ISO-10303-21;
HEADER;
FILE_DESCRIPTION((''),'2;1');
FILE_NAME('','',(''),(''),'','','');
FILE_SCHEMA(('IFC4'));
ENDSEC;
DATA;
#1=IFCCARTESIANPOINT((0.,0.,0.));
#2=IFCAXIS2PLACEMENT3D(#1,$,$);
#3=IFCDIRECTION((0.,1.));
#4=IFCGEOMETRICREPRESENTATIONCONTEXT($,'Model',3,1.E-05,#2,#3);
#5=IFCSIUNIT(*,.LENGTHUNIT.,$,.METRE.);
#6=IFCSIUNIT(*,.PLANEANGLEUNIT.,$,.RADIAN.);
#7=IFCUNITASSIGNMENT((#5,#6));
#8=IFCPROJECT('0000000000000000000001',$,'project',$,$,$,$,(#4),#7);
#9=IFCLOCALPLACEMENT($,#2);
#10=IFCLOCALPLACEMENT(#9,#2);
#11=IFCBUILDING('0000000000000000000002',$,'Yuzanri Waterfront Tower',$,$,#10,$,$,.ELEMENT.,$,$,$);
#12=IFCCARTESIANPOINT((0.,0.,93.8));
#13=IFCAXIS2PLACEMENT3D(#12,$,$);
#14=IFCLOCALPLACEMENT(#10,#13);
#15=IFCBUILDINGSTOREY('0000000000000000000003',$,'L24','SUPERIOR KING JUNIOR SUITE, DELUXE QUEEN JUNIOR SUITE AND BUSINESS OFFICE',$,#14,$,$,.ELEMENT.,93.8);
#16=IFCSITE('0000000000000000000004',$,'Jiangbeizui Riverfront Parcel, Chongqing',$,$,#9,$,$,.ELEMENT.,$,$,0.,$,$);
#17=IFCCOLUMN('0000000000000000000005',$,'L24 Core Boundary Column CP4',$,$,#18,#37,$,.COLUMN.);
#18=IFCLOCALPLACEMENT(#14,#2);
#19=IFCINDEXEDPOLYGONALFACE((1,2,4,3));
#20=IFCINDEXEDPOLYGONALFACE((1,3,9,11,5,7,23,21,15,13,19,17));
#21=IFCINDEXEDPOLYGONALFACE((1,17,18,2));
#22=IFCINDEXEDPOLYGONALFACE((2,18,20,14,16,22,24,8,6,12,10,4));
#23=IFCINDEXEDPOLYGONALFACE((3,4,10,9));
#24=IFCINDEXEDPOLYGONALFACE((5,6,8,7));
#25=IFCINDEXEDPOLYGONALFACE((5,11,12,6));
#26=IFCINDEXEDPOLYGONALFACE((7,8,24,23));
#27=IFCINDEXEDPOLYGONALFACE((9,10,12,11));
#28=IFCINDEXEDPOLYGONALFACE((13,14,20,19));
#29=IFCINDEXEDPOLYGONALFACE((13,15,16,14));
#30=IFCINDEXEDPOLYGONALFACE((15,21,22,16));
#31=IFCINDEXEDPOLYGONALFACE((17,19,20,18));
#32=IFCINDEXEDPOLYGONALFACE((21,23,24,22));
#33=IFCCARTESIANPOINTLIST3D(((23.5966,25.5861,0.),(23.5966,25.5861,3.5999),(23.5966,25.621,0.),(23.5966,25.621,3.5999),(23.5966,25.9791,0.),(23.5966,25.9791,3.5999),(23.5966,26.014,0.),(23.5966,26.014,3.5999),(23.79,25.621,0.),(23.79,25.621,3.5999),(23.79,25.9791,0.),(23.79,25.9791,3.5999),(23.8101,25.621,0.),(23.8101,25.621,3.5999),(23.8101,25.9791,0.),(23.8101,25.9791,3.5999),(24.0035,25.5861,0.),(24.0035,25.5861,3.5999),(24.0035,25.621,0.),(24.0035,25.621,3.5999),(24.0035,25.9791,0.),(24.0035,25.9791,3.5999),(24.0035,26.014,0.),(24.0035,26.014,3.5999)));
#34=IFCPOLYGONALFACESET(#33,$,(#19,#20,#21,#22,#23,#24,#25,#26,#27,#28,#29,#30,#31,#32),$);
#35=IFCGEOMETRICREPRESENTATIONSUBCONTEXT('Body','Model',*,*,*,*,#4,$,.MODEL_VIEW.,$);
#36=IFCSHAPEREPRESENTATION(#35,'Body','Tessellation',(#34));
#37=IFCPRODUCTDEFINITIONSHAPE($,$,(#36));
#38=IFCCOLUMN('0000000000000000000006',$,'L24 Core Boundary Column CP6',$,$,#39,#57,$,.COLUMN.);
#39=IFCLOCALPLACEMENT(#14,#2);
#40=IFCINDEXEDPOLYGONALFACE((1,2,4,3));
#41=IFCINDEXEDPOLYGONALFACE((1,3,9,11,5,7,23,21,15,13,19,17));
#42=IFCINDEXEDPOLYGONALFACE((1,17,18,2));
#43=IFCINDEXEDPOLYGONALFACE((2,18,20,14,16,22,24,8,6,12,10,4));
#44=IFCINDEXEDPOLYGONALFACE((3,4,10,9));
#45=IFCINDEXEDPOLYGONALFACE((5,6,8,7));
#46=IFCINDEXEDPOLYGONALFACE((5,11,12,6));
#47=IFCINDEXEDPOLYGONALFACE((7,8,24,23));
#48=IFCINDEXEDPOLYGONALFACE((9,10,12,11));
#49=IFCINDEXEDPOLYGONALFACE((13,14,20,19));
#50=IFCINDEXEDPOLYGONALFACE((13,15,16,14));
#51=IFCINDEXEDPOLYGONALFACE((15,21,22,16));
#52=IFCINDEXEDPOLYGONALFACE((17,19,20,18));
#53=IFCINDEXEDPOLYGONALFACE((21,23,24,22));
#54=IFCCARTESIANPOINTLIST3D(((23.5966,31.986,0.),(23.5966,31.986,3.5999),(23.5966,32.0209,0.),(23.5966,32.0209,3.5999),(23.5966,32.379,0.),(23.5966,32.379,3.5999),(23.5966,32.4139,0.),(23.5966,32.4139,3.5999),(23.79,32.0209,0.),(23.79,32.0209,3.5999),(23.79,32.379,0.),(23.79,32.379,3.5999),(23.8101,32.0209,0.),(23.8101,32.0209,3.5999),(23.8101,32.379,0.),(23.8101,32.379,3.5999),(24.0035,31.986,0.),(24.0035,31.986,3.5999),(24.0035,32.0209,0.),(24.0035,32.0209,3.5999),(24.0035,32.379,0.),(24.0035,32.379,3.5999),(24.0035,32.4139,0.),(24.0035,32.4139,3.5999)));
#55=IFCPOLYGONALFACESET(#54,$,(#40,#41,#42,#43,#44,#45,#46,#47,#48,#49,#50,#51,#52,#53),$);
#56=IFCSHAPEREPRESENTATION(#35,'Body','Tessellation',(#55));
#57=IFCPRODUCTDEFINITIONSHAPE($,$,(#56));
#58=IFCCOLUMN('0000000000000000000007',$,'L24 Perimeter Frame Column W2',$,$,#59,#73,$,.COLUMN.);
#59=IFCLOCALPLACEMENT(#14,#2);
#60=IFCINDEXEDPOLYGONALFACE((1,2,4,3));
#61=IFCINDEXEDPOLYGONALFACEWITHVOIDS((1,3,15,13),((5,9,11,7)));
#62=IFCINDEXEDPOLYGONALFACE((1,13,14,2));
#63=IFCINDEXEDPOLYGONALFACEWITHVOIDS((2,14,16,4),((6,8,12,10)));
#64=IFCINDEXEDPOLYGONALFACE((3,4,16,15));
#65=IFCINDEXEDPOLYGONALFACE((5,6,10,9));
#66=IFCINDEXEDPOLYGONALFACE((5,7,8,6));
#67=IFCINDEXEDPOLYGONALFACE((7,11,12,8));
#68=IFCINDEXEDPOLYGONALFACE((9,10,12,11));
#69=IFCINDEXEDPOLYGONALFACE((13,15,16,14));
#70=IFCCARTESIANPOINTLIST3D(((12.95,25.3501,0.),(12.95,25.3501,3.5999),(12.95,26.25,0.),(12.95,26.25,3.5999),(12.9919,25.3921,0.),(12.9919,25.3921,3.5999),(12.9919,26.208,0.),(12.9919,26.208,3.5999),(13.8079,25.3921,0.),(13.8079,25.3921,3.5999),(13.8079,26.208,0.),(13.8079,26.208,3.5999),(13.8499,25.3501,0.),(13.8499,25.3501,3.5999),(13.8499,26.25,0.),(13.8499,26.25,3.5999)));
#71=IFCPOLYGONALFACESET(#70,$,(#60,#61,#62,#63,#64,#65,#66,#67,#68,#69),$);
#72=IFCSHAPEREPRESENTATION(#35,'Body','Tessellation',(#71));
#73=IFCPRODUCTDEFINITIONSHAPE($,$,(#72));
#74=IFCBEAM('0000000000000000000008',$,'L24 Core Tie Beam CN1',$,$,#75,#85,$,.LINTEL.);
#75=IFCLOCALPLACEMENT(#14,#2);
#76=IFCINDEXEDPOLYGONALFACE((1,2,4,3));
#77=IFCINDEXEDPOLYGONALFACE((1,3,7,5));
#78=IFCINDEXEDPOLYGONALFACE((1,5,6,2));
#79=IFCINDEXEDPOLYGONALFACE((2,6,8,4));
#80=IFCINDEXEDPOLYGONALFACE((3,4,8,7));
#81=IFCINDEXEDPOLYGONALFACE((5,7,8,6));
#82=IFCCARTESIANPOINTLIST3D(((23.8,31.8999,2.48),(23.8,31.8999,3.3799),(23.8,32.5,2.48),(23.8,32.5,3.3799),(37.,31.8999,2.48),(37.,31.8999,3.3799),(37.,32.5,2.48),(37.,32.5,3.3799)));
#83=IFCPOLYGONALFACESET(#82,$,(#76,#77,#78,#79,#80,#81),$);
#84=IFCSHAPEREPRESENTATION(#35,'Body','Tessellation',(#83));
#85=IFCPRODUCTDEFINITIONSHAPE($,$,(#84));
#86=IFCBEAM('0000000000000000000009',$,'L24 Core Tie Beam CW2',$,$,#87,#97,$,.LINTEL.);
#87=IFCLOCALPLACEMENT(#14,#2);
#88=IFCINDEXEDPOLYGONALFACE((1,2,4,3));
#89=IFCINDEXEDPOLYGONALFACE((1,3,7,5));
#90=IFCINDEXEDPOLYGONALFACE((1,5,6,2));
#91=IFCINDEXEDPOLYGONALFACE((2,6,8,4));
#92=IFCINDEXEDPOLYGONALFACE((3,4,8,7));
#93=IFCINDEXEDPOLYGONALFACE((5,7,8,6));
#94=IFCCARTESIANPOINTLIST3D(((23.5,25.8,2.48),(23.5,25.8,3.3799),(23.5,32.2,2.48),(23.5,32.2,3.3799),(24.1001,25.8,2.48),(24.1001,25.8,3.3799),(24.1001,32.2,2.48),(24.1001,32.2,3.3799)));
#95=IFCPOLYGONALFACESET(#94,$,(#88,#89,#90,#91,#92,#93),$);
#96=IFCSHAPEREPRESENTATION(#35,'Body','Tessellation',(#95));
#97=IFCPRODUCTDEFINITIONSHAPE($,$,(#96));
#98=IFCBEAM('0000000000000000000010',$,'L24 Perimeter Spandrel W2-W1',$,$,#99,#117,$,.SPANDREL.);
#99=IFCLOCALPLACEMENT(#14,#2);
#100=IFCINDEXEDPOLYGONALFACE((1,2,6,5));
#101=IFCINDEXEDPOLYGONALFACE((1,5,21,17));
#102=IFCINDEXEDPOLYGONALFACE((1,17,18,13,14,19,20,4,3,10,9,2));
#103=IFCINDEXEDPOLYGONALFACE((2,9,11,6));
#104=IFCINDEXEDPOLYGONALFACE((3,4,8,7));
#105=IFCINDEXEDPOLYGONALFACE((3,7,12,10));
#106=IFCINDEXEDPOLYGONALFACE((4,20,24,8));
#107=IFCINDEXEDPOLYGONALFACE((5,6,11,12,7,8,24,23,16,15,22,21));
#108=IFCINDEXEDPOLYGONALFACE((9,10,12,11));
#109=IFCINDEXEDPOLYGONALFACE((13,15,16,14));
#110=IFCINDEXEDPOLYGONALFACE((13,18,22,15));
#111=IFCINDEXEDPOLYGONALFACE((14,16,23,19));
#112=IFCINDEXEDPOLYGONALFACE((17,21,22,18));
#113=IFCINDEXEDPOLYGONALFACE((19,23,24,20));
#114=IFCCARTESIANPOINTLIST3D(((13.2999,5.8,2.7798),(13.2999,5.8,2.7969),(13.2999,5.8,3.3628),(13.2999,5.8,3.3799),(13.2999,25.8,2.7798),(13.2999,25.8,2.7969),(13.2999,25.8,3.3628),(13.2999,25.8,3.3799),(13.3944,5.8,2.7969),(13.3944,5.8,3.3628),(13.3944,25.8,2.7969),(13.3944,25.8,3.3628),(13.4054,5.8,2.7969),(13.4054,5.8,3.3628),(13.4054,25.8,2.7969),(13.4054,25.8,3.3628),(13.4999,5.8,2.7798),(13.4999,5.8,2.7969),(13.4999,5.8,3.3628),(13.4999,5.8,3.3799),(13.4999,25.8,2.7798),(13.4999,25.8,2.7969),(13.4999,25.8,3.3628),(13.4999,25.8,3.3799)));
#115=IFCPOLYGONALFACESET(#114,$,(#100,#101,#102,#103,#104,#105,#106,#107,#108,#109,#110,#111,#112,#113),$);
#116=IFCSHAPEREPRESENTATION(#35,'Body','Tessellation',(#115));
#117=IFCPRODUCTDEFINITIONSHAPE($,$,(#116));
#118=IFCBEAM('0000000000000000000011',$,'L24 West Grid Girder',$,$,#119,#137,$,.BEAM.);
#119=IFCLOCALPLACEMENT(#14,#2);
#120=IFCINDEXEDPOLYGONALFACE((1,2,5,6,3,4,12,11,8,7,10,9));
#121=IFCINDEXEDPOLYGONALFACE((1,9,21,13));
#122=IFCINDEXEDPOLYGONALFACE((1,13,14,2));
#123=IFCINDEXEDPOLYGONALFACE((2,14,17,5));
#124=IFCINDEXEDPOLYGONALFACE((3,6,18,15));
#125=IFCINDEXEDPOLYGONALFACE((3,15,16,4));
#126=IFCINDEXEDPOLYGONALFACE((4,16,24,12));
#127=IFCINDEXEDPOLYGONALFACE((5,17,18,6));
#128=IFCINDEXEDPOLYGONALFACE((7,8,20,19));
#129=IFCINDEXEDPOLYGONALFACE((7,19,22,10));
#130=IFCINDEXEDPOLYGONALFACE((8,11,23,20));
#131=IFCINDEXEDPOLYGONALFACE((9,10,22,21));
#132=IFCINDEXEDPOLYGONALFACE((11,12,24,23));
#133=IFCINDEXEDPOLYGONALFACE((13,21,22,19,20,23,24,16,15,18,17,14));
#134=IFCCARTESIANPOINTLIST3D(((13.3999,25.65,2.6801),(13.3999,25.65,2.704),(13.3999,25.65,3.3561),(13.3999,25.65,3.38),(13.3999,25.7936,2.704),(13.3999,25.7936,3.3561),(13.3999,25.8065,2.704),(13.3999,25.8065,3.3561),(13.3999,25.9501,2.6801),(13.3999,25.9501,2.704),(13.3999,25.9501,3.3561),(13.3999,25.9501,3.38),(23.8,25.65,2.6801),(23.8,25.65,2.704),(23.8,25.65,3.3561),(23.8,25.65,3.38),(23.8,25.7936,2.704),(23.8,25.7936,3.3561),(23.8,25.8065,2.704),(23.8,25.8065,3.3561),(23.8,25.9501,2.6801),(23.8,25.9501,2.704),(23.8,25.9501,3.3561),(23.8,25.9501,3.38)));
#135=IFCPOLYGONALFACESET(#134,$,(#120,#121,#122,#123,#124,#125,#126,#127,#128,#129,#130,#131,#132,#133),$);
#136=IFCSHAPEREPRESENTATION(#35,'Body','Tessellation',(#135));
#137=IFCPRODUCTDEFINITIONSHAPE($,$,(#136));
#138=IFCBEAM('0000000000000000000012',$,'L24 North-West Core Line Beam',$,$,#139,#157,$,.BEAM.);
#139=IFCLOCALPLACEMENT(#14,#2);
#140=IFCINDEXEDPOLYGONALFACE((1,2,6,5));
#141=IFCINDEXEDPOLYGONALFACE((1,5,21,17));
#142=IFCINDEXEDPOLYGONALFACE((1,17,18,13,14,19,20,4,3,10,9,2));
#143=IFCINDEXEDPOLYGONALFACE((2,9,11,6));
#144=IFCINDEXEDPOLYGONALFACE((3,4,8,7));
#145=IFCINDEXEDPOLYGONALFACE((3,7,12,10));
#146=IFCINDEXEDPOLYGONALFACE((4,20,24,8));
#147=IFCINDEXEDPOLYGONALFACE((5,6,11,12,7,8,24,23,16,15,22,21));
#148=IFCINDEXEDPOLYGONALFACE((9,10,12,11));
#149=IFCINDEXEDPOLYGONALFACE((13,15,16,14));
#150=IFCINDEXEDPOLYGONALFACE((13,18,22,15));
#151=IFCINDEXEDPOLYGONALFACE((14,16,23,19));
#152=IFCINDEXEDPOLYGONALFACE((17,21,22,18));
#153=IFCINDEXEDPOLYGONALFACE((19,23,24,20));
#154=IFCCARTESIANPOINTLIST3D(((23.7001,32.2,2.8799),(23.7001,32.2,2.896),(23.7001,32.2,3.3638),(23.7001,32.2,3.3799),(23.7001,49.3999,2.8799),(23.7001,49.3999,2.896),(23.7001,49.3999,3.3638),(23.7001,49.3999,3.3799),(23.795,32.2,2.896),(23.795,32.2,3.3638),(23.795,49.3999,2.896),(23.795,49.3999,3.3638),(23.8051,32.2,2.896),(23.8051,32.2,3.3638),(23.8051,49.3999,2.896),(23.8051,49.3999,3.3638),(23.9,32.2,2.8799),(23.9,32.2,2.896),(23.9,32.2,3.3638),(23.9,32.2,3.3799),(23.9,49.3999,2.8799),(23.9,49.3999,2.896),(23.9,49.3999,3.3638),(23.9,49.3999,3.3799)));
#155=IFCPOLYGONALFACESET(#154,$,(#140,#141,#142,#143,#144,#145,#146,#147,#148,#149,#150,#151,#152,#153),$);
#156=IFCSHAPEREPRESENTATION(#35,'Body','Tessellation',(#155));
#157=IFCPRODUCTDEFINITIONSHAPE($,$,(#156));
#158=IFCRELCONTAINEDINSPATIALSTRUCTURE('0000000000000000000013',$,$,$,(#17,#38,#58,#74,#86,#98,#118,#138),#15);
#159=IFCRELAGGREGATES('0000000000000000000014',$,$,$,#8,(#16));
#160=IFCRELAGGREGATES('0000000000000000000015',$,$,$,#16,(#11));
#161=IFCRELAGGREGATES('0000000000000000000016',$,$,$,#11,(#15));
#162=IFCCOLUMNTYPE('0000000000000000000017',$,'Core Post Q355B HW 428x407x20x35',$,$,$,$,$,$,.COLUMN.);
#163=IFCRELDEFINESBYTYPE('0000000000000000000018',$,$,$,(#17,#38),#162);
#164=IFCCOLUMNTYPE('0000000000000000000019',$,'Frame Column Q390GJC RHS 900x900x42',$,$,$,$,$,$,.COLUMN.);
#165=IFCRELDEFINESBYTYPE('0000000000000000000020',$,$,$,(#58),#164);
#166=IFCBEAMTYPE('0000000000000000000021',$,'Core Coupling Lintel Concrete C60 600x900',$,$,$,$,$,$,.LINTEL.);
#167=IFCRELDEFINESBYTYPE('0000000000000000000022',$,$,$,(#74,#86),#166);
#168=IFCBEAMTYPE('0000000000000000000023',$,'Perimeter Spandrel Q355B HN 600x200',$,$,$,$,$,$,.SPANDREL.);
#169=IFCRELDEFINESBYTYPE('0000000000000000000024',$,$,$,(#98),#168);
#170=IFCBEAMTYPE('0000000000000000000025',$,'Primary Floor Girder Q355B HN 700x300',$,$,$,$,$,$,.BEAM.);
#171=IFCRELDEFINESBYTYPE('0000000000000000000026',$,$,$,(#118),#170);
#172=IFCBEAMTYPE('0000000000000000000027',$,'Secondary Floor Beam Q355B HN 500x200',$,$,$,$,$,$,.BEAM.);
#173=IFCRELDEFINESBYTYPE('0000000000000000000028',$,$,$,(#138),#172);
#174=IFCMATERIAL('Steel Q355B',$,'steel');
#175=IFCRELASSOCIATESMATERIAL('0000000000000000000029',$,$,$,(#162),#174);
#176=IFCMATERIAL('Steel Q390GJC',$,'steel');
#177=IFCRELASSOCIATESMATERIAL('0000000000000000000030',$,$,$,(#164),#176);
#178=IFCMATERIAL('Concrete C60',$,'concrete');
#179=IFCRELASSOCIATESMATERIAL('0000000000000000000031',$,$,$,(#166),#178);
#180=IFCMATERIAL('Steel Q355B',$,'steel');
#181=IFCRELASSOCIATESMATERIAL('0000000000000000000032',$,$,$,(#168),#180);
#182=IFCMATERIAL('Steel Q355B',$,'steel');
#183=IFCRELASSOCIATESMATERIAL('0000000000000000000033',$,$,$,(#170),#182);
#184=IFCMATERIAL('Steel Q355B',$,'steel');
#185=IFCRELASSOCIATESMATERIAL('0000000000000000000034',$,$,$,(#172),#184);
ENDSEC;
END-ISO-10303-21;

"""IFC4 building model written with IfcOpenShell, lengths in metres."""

from ifc_helpers import new_model, si_unit, direction, frame, origin, origin_2d, place, context, subcontext, project, spatial, rectangle, hollow_rectangle, i_section, extrude, source, transform, mapped, material, material_profile, profile_set, type_object, element, save


model = new_model("IFC4")

# Units and contexts
model_context = context("Model", 3, precision=1e-05, world=origin(), true_north=direction((0.0, 1.0)))
body_context = subcontext(model_context, "Body", "Model", "MODEL_VIEW")
ifc_project = project(units=[si_unit("LENGTHUNIT", "METRE"), si_unit("PLANEANGLEUNIT", "RADIAN")], contexts=[model_context])

# Site, building, storey
site_placement = place(None, origin())
site = spatial("IfcSite", under=ifc_project, at=site_placement, Name="Jiangbeizui Riverfront Parcel, Chongqing", CompositionType="ELEMENT", RefElevation=0.0)
building_placement = place(site_placement, origin())
building = spatial("IfcBuilding", under=site, at=building_placement, Name="Yuzanri Waterfront Tower", CompositionType="ELEMENT")
storey_placement = place(building_placement, frame((0.0, 0.0, 93.8)))
storey = spatial("IfcBuildingStorey", under=building, at=storey_placement, Name="L24", Description="SUPERIOR KING JUNIOR SUITE, DELUXE QUEEN JUNIOR SUITE AND BUSINESS OFFICE", CompositionType="ELEMENT", Elevation=93.8)

# Columns
ifc_material_1 = material(Name="Steel Q355B", Category="steel")
ifc_material_profile_1 = material_profile(ifc_material_1, i_section(OverallWidth=0.407, OverallDepth=0.428, WebThickness=0.02, FlangeThickness=0.0349, at=origin_2d()), Name="HW 428x407x20x35")
ifc_profile_set_1 = profile_set([ifc_material_profile_1], Name="Steel Q355B")
column_type_1 = type_object("IfcColumnType", Name="Core Post Q355B HW 428x407x20x35", PredefinedType="COLUMN", material=ifc_profile_set_1)
shared_shape_1 = source(origin(), body_context, "Body", "SweptSolid", [
    extrude(i_section(OverallWidth=0.407, OverallDepth=0.428, WebThickness=0.02, FlangeThickness=0.0349, at=origin_2d()), origin(), (0.0, 0.0, 1.0), 3.5999),
])
for number, where, z_axis, x_axis, name in (
    (1, (23.8, 25.8, 0.0), (0.0, 0.0, 1.0), (1.0, 0.0, 0.0), "L24 Core Boundary Column CP4"),
    (2, (23.8, 32.2, 0.0), (0.0, 0.0, 1.0), (1.0, 0.0, 0.0), "L24 Core Boundary Column CP6"),
):
    element("IfcColumn", number, at=place(storey_placement, frame(where, z_axis=z_axis, x_axis=x_axis)), inside=storey, type_object=column_type_1, Name=name, PredefinedType="COLUMN", context=body_context, shape_type="MappedRepresentation", body=[
        mapped(shared_shape_1, transform((0.0, 0.0, 0.0), scale=1.0)),
    ])
ifc_material_2 = material(Name="Steel Q390GJC", Category="steel")
ifc_material_profile_2 = material_profile(ifc_material_2, hollow_rectangle(XDim=0.8999, YDim=0.8999, WallThickness=0.042, at=origin_2d()), Name="RHS 900x900x42")
ifc_profile_set_2 = profile_set([ifc_material_profile_2], Name="Steel Q390GJC")
column_type_2 = type_object("IfcColumnType", Name="Frame Column Q390GJC RHS 900x900x42", PredefinedType="COLUMN", material=ifc_profile_set_2)
shared_shape_2 = source(origin(), body_context, "Body", "SweptSolid", [
    extrude(hollow_rectangle(XDim=0.8999, YDim=0.8999, WallThickness=0.042, at=origin_2d()), origin(), (0.0, 0.0, 1.0), 3.5999),
])
column_placement = place(storey_placement, frame((13.3999, 25.8, 0.0), z_axis=(0.0, 0.0, 1.0), x_axis=(1.0, 0.0, 0.0)))
element("IfcColumn", 3, at=column_placement, inside=storey, type_object=column_type_2, Name="L24 Perimeter Frame Column W2", PredefinedType="COLUMN", context=body_context, shape_type="MappedRepresentation", body=[
    mapped(shared_shape_2, transform((0.0, 0.0, 0.0), scale=1.0)),
])

# Beams
ifc_material_3 = material(Name="Concrete C60", Category="concrete")
ifc_material_profile_3 = material_profile(ifc_material_3, rectangle(XDim=0.6001, YDim=0.8999, at=origin_2d()), Name="RC 600x900")
ifc_profile_set_3 = profile_set([ifc_material_profile_3], Name="Concrete C60")
beam_type_1 = type_object("IfcBeamType", Name="Core Coupling Lintel Concrete C60 600x900", PredefinedType="LINTEL", material=ifc_profile_set_3)
shared_shape_3 = source(origin(), body_context, "Body", "SweptSolid", [
    extrude(rectangle(XDim=0.6001, YDim=0.8999, at=origin_2d()), origin(), (0.0, 0.0, 1.0), 13.2),
])
beam_1_placement = place(storey_placement, frame((23.8, 32.2, 2.9299), z_axis=(1.0, 0.0, 0.0), x_axis=(0.0, 1.0, 0.0)))
element("IfcBeam", 4, at=beam_1_placement, inside=storey, type_object=beam_type_1, Name="L24 Core Tie Beam CN1", PredefinedType="LINTEL", context=body_context, shape_type="MappedRepresentation", body=[
    mapped(shared_shape_3, transform((0.0, 0.0, 0.0), scale=1.0)),
])
shared_shape_4 = source(origin(), body_context, "Body", "SweptSolid", [
    extrude(rectangle(XDim=0.6001, YDim=0.8999, at=origin_2d()), origin(), (0.0, 0.0, 1.0), 6.3999),
])
beam_2_placement = place(storey_placement, frame((23.8, 25.8, 2.9299), z_axis=(0.0, 1.0, 0.0), x_axis=(-1.0, 0.0, 0.0)))
element("IfcBeam", 5, at=beam_2_placement, inside=storey, type_object=beam_type_1, Name="L24 Core Tie Beam CW2", PredefinedType="LINTEL", context=body_context, shape_type="MappedRepresentation", body=[
    mapped(shared_shape_4, transform((0.0, 0.0, 0.0), scale=1.0)),
])
ifc_material_4 = material(Name="Steel Q355B", Category="steel")
ifc_material_profile_4 = material_profile(ifc_material_4, i_section(OverallWidth=0.2, OverallDepth=0.6001, WebThickness=0.011, FlangeThickness=0.0171, at=origin_2d()), Name="HN 600x200x11x17")
ifc_profile_set_4 = profile_set([ifc_material_profile_4], Name="Steel Q355B")
beam_type_2 = type_object("IfcBeamType", Name="Perimeter Spandrel Q355B HN 600x200", PredefinedType="SPANDREL", material=ifc_profile_set_4)
shared_shape_5 = source(origin(), body_context, "Body", "SweptSolid", [
    extrude(i_section(OverallWidth=0.2, OverallDepth=0.6001, WebThickness=0.011, FlangeThickness=0.0171, at=origin_2d()), origin(), (0.0, 0.0, 1.0), 20.0),
])
beam_3_placement = place(storey_placement, frame((13.3999, 25.8, 3.0798), z_axis=(0.0, -1.0, 0.0), x_axis=(1.0, 0.0, 0.0)))
element("IfcBeam", 6, at=beam_3_placement, inside=storey, type_object=beam_type_2, Name="L24 Perimeter Spandrel W2-W1", PredefinedType="SPANDREL", context=body_context, shape_type="MappedRepresentation", body=[
    mapped(shared_shape_5, transform((0.0, 0.0, 0.0), scale=1.0)),
])
ifc_material_5 = material(Name="Steel Q355B", Category="steel")
ifc_material_profile_5 = material_profile(ifc_material_5, i_section(OverallWidth=0.3, OverallDepth=0.7, WebThickness=0.0129, FlangeThickness=0.0239, at=origin_2d()), Name="HN 700x300x13x24")
ifc_profile_set_5 = profile_set([ifc_material_profile_5], Name="Steel Q355B")
beam_type_3 = type_object("IfcBeamType", Name="Primary Floor Girder Q355B HN 700x300", PredefinedType="BEAM", material=ifc_profile_set_5)
shared_shape_6 = source(origin(), body_context, "Body", "SweptSolid", [
    extrude(i_section(OverallWidth=0.3, OverallDepth=0.7, WebThickness=0.0129, FlangeThickness=0.0239, at=origin_2d()), origin(), (0.0, 0.0, 1.0), 10.4001),
])
beam_4_placement = place(storey_placement, frame((23.8, 25.8, 3.03), z_axis=(-1.0, 0.0, 0.0), x_axis=(0.0, -1.0, 0.0)))
element("IfcBeam", 7, at=beam_4_placement, inside=storey, type_object=beam_type_3, Name="L24 West Grid Girder", PredefinedType="BEAM", context=body_context, shape_type="MappedRepresentation", body=[
    mapped(shared_shape_6, transform((0.0, 0.0, 0.0), scale=1.0)),
])
ifc_material_6 = material(Name="Steel Q355B", Category="steel")
ifc_material_profile_6 = material_profile(ifc_material_6, i_section(OverallWidth=0.2, OverallDepth=0.5, WebThickness=0.01, FlangeThickness=0.0161, at=origin_2d()), Name="HN 500x200x10x16")
ifc_profile_set_6 = profile_set([ifc_material_profile_6], Name="Steel Q355B")
beam_type_4 = type_object("IfcBeamType", Name="Secondary Floor Beam Q355B HN 500x200", PredefinedType="BEAM", material=ifc_profile_set_6)
shared_shape_7 = source(origin(), body_context, "Body", "SweptSolid", [
    extrude(i_section(OverallWidth=0.2, OverallDepth=0.5, WebThickness=0.01, FlangeThickness=0.0161, at=origin_2d()), origin(), (0.0, 0.0, 1.0), 17.2),
])
beam_5_placement = place(storey_placement, frame((23.8, 32.2, 3.1299), z_axis=(0.0, 1.0, 0.0), x_axis=(-1.0, 0.0, 0.0)))
element("IfcBeam", 8, at=beam_5_placement, inside=storey, type_object=beam_type_4, Name="L24 North-West Core Line Beam", PredefinedType="BEAM", context=body_context, shape_type="MappedRepresentation", body=[
    mapped(shared_shape_7, transform((0.0, 0.0, 0.0), scale=1.0)),
])

save(model, "model.ifc")
